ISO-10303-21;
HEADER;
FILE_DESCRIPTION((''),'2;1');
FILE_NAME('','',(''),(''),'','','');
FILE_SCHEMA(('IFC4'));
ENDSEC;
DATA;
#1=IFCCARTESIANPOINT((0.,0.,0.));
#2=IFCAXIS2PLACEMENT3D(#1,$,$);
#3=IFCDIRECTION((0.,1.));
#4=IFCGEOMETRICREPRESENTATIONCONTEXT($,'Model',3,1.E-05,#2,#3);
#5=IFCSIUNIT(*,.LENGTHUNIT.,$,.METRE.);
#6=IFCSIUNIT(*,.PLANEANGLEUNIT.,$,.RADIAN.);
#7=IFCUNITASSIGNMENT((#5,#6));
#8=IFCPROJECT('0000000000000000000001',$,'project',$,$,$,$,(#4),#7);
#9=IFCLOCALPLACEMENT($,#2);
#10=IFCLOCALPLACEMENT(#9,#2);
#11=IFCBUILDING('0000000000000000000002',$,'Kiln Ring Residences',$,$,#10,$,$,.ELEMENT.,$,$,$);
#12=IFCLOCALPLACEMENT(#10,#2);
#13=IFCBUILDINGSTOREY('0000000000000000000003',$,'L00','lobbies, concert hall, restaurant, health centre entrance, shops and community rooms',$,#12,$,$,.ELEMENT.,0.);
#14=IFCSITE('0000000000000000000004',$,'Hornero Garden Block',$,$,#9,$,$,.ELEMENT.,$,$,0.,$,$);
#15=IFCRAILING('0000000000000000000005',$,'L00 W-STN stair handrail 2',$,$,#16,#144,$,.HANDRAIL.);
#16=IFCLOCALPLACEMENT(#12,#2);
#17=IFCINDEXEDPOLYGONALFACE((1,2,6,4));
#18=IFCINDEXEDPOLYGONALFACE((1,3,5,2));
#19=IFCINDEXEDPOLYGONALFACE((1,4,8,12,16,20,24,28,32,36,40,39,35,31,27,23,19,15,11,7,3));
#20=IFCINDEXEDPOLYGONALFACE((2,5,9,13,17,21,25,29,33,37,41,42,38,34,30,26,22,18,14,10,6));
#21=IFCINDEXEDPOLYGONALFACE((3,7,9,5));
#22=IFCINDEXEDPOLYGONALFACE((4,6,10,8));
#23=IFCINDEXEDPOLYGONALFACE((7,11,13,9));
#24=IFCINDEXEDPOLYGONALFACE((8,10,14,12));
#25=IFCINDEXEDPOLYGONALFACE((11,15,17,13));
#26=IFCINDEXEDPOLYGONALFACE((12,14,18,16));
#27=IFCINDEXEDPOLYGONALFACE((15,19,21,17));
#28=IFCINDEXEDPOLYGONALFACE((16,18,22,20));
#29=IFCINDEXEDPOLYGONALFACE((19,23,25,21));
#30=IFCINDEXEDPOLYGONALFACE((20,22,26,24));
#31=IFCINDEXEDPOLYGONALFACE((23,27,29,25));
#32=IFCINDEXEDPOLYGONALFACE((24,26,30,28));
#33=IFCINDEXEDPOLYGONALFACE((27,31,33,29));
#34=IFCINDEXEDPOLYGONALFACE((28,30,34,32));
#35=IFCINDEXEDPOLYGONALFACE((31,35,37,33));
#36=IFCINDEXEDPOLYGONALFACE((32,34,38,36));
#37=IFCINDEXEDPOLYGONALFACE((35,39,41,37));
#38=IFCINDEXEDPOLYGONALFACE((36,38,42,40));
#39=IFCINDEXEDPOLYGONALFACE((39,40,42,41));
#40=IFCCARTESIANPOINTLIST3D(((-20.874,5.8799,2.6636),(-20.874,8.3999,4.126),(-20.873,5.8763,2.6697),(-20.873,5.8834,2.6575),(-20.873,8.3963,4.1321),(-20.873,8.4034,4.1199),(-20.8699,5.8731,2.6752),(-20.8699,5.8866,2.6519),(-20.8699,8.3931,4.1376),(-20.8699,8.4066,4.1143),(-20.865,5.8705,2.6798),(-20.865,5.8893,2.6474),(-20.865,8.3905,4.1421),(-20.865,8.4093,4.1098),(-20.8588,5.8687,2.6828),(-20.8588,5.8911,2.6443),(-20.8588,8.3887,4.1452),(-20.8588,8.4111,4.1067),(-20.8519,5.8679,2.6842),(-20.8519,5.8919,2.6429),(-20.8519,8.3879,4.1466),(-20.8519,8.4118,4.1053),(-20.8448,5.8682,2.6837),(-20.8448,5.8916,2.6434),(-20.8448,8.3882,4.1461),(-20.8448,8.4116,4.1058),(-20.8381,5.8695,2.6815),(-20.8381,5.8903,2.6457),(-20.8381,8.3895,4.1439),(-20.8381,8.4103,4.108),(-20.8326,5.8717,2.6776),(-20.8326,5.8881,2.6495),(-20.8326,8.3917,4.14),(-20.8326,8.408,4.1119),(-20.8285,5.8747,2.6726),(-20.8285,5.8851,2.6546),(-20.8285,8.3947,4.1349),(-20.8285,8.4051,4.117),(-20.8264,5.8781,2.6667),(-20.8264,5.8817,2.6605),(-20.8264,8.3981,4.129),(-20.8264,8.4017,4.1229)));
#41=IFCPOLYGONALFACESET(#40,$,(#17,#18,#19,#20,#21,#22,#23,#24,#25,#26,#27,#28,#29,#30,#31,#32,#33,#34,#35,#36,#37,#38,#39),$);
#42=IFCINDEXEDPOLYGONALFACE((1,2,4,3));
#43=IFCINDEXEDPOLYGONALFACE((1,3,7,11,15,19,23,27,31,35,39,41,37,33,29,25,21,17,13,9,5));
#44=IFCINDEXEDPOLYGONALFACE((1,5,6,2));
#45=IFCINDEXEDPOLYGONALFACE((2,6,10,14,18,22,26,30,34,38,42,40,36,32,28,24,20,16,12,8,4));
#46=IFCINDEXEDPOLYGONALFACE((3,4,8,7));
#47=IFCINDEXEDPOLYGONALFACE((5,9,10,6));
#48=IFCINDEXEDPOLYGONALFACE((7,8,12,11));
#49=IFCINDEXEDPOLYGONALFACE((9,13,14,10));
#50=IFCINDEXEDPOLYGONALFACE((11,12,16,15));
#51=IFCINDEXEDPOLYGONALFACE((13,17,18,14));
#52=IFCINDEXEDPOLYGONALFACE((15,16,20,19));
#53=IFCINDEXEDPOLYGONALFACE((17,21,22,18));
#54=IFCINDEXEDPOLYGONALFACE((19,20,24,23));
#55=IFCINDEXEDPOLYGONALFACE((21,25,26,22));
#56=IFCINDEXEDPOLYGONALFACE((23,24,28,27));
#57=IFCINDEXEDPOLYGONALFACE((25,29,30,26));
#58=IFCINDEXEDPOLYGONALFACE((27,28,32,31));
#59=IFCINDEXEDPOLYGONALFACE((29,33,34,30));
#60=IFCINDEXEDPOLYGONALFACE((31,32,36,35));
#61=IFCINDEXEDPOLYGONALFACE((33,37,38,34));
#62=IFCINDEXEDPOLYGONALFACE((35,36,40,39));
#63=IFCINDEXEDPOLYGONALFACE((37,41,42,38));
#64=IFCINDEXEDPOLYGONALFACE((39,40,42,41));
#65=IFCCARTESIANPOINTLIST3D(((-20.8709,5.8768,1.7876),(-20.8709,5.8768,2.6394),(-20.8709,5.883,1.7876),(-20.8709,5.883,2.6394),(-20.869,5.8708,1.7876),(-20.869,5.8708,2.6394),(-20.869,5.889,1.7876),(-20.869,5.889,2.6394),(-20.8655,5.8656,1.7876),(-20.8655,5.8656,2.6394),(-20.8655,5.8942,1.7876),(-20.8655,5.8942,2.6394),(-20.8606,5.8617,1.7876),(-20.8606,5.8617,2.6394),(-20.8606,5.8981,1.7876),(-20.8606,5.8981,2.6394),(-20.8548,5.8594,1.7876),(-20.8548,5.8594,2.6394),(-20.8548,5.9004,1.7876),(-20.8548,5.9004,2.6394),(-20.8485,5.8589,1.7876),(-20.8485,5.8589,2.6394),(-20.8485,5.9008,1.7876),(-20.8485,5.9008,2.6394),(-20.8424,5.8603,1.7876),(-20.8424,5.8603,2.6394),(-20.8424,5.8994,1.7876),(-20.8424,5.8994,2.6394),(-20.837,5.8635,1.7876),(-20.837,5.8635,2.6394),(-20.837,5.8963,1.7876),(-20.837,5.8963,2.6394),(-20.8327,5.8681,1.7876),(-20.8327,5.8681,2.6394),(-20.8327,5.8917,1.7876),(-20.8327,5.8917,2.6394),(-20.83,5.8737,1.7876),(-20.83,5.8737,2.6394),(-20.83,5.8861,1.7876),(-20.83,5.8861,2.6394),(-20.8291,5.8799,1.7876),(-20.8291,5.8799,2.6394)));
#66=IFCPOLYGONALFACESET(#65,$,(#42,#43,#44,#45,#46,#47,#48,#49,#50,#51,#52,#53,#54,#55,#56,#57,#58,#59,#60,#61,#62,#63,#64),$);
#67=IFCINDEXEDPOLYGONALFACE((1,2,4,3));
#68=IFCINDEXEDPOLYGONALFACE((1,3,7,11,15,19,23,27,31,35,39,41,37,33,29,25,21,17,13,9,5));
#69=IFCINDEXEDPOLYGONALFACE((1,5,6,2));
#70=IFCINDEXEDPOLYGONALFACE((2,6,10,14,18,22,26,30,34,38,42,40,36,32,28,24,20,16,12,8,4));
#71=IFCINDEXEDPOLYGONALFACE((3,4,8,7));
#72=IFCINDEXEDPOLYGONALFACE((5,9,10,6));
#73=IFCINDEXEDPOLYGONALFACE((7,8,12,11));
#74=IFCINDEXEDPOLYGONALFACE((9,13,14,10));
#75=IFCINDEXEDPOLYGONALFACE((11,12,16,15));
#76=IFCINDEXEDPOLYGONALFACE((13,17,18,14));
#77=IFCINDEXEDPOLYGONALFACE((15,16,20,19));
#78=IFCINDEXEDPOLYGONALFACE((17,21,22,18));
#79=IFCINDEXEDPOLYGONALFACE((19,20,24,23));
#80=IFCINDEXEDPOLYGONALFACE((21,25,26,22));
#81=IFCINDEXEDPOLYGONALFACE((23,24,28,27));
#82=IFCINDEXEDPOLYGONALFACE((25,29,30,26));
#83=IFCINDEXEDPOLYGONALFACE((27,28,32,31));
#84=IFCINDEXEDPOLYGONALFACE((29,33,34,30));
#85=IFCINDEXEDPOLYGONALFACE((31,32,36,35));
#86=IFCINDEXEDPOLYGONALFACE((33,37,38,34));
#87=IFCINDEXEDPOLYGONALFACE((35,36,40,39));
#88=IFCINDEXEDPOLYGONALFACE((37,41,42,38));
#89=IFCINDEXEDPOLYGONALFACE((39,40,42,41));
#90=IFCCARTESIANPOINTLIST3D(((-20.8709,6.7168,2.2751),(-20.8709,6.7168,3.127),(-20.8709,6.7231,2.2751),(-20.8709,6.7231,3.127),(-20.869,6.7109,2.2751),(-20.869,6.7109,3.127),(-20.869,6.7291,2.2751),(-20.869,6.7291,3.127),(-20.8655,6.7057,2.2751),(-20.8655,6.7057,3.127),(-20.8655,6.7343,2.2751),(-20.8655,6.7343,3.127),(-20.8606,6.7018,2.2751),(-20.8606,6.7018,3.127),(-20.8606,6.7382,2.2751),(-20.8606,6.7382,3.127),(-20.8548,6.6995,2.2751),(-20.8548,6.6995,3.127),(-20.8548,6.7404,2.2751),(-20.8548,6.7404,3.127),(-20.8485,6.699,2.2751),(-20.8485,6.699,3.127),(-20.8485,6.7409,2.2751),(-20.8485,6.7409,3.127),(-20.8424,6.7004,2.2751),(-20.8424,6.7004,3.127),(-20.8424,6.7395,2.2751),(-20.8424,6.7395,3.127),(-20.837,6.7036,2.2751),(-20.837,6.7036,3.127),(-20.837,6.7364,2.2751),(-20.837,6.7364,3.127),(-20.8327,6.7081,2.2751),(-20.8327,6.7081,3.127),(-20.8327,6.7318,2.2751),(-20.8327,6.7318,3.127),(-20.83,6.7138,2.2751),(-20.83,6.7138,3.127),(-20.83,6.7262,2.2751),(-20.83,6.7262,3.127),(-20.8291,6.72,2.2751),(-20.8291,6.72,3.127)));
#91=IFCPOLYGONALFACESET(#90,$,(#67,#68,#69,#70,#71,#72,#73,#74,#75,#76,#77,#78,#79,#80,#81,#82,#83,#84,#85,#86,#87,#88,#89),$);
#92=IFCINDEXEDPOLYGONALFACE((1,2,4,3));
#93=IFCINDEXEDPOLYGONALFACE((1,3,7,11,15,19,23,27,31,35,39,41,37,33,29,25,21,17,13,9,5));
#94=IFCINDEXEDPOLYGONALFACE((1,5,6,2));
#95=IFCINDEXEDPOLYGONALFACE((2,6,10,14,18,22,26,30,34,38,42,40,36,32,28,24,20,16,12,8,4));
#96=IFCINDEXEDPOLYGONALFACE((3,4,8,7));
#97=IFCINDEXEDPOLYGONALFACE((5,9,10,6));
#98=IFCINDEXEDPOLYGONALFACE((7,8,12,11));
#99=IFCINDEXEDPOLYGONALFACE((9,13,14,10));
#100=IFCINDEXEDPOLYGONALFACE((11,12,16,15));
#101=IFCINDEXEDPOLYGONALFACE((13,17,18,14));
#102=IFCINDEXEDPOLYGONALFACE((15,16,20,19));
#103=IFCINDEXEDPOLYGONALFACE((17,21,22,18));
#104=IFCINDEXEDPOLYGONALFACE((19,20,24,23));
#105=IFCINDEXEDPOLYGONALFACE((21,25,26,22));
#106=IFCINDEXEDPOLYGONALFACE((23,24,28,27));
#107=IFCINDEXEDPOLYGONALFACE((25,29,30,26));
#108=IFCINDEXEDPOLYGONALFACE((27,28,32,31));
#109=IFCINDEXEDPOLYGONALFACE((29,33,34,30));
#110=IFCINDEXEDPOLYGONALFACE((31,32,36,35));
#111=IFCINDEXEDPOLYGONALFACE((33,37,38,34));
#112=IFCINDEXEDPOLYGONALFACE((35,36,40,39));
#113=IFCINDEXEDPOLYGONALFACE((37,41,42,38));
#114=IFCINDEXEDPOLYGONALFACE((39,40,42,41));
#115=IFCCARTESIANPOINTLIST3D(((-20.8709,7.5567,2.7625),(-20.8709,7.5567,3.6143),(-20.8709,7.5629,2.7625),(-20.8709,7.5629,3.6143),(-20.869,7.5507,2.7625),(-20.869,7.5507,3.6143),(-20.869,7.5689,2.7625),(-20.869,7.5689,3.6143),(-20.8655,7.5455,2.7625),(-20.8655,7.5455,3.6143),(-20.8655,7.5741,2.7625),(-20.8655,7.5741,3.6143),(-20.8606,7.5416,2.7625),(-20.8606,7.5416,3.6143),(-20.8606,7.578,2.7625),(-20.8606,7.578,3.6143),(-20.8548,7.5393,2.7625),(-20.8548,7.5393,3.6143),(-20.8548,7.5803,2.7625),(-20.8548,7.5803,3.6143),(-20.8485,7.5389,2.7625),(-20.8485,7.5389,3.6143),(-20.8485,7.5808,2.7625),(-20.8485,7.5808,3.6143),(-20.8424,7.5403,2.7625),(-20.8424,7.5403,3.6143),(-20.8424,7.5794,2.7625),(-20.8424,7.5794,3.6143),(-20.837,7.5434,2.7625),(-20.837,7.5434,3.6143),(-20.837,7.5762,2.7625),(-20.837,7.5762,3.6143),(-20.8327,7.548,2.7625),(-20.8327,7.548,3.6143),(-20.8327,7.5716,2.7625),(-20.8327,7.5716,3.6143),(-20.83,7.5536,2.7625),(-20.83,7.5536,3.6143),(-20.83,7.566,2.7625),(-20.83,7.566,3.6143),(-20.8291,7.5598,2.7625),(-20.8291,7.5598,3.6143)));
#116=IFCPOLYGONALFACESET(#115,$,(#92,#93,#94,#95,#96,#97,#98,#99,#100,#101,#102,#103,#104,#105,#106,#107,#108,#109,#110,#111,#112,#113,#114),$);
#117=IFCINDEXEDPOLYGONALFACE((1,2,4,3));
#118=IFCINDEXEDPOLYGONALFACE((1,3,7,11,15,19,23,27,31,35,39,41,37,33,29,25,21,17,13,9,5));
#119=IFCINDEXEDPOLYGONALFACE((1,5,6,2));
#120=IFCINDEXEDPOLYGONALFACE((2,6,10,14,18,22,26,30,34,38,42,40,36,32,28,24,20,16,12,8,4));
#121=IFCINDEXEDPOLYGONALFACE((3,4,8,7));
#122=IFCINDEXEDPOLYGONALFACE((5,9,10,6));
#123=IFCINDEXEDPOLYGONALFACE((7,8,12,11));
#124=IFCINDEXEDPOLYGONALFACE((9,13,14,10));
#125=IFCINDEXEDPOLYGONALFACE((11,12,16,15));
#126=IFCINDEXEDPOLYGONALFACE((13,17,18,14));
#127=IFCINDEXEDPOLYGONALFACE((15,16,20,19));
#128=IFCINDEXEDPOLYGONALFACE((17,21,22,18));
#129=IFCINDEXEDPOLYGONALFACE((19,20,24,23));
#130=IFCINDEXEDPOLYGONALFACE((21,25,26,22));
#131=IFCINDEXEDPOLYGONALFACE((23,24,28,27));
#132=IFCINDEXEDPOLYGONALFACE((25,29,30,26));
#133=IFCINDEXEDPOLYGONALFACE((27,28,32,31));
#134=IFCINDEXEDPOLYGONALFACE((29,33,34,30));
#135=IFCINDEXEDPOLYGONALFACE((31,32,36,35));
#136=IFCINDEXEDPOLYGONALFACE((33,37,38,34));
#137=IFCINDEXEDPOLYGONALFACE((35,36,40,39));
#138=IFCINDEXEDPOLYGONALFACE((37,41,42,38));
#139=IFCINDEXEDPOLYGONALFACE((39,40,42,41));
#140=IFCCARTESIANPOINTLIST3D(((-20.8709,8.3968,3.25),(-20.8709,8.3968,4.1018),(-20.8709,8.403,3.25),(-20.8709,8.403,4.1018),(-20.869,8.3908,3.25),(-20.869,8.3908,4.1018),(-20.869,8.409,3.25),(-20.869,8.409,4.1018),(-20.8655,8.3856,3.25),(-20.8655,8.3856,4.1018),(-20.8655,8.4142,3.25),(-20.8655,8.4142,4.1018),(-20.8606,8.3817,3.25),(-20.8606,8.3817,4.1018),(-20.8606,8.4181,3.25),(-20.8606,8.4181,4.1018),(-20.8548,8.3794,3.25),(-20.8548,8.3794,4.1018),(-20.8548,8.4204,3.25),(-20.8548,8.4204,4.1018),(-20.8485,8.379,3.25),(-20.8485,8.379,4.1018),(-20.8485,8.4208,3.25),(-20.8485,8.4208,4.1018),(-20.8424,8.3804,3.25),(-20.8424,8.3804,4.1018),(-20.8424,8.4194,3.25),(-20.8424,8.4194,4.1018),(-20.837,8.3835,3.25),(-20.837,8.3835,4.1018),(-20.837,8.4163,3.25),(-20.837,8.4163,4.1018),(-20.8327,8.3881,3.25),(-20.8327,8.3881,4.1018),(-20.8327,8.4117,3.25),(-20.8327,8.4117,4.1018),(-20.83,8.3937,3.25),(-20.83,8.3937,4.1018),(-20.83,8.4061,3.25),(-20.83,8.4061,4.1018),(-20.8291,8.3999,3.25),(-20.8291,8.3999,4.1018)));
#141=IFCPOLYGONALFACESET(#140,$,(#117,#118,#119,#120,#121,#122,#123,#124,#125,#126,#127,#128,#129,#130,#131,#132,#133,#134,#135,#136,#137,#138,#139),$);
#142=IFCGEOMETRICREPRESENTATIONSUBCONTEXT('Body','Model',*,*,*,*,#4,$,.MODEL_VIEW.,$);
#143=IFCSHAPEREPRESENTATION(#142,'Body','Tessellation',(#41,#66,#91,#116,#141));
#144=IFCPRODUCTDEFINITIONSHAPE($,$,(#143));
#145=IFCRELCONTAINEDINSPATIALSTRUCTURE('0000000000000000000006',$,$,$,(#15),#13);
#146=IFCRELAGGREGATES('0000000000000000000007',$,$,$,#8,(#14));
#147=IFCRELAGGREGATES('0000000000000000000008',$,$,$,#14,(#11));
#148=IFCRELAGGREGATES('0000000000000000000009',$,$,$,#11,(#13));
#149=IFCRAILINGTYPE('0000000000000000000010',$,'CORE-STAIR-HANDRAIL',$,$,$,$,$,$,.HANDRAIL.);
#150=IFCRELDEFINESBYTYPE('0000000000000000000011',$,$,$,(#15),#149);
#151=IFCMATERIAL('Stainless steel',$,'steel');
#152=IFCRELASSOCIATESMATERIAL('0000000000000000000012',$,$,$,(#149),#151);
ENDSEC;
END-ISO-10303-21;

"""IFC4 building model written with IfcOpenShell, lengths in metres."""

from ifc_helpers import new_model, si_unit, direction, frame, origin, origin_2d, place, context, subcontext, project, spatial, circle, extrude, material, type_object, element, save


model = new_model("IFC4")

# Units and contexts
model_context = context("Model", 3, precision=1e-05, world=origin(), true_north=direction((0.0, 1.0)))
body_context = subcontext(model_context, "Body", "Model", "MODEL_VIEW")
ifc_project = project(units=[si_unit("LENGTHUNIT", "METRE"), si_unit("PLANEANGLEUNIT", "RADIAN")], contexts=[model_context])

# Site, building, storey
site_placement = place(None, origin())
site = spatial("IfcSite", under=ifc_project, at=site_placement, Name="Hornero Garden Block", CompositionType="ELEMENT", RefElevation=0.0)
building_placement = place(site_placement, origin())
building = spatial("IfcBuilding", under=site, at=building_placement, Name="Kiln Ring Residences", CompositionType="ELEMENT")
storey_placement = place(building_placement, origin())
storey = spatial("IfcBuildingStorey", under=building, at=storey_placement, Name="L00", Description="lobbies, concert hall, restaurant, health centre entrance, shops and community rooms", CompositionType="ELEMENT", Elevation=0.0)

# Railing
ifc_material_1 = material(Name="Stainless steel", Category="steel")
railing_type_1 = type_object("IfcRailingType", Name="CORE-STAIR-HANDRAIL", PredefinedType="HANDRAIL", material=ifc_material_1)
for number, where, name in (
    (1, (-20.8501, 5.8799, 1.7876), "L00 W-STN stair handrail 2"),
):
    element("IfcRailing", number, at=place(storey_placement, frame(where)), inside=storey, type_object=railing_type_1, Name=name, PredefinedType="HANDRAIL", context=body_context, shape_type="SweptSolid", body=[
        extrude(circle(Radius=0.0239, at=origin_2d()), frame((0.0, 0.0, 0.876), z_axis=(0.0, 0.864913, 0.501921), x_axis=(-1.0, 0.0, 0.0)), (0.0, 0.0, 1.0), 2.9136),
        extrude(circle(Radius=0.021, at=origin_2d()), origin(), (0.0, 0.0, 1.0), 0.8518),
        extrude(circle(Radius=0.021, at=origin_2d()), frame((0.0, 0.8401, 0.4875)), (0.0, 0.0, 1.0), 0.8518),
        extrude(circle(Radius=0.021, at=origin_2d()), frame((0.0, 1.6799, 0.9749)), (0.0, 0.0, 1.0), 0.8518),
        extrude(circle(Radius=0.021, at=origin_2d()), frame((0.0, 2.52, 1.4624)), (0.0, 0.0, 1.0), 0.8518),
    ])

save(model, "model.ifc")
